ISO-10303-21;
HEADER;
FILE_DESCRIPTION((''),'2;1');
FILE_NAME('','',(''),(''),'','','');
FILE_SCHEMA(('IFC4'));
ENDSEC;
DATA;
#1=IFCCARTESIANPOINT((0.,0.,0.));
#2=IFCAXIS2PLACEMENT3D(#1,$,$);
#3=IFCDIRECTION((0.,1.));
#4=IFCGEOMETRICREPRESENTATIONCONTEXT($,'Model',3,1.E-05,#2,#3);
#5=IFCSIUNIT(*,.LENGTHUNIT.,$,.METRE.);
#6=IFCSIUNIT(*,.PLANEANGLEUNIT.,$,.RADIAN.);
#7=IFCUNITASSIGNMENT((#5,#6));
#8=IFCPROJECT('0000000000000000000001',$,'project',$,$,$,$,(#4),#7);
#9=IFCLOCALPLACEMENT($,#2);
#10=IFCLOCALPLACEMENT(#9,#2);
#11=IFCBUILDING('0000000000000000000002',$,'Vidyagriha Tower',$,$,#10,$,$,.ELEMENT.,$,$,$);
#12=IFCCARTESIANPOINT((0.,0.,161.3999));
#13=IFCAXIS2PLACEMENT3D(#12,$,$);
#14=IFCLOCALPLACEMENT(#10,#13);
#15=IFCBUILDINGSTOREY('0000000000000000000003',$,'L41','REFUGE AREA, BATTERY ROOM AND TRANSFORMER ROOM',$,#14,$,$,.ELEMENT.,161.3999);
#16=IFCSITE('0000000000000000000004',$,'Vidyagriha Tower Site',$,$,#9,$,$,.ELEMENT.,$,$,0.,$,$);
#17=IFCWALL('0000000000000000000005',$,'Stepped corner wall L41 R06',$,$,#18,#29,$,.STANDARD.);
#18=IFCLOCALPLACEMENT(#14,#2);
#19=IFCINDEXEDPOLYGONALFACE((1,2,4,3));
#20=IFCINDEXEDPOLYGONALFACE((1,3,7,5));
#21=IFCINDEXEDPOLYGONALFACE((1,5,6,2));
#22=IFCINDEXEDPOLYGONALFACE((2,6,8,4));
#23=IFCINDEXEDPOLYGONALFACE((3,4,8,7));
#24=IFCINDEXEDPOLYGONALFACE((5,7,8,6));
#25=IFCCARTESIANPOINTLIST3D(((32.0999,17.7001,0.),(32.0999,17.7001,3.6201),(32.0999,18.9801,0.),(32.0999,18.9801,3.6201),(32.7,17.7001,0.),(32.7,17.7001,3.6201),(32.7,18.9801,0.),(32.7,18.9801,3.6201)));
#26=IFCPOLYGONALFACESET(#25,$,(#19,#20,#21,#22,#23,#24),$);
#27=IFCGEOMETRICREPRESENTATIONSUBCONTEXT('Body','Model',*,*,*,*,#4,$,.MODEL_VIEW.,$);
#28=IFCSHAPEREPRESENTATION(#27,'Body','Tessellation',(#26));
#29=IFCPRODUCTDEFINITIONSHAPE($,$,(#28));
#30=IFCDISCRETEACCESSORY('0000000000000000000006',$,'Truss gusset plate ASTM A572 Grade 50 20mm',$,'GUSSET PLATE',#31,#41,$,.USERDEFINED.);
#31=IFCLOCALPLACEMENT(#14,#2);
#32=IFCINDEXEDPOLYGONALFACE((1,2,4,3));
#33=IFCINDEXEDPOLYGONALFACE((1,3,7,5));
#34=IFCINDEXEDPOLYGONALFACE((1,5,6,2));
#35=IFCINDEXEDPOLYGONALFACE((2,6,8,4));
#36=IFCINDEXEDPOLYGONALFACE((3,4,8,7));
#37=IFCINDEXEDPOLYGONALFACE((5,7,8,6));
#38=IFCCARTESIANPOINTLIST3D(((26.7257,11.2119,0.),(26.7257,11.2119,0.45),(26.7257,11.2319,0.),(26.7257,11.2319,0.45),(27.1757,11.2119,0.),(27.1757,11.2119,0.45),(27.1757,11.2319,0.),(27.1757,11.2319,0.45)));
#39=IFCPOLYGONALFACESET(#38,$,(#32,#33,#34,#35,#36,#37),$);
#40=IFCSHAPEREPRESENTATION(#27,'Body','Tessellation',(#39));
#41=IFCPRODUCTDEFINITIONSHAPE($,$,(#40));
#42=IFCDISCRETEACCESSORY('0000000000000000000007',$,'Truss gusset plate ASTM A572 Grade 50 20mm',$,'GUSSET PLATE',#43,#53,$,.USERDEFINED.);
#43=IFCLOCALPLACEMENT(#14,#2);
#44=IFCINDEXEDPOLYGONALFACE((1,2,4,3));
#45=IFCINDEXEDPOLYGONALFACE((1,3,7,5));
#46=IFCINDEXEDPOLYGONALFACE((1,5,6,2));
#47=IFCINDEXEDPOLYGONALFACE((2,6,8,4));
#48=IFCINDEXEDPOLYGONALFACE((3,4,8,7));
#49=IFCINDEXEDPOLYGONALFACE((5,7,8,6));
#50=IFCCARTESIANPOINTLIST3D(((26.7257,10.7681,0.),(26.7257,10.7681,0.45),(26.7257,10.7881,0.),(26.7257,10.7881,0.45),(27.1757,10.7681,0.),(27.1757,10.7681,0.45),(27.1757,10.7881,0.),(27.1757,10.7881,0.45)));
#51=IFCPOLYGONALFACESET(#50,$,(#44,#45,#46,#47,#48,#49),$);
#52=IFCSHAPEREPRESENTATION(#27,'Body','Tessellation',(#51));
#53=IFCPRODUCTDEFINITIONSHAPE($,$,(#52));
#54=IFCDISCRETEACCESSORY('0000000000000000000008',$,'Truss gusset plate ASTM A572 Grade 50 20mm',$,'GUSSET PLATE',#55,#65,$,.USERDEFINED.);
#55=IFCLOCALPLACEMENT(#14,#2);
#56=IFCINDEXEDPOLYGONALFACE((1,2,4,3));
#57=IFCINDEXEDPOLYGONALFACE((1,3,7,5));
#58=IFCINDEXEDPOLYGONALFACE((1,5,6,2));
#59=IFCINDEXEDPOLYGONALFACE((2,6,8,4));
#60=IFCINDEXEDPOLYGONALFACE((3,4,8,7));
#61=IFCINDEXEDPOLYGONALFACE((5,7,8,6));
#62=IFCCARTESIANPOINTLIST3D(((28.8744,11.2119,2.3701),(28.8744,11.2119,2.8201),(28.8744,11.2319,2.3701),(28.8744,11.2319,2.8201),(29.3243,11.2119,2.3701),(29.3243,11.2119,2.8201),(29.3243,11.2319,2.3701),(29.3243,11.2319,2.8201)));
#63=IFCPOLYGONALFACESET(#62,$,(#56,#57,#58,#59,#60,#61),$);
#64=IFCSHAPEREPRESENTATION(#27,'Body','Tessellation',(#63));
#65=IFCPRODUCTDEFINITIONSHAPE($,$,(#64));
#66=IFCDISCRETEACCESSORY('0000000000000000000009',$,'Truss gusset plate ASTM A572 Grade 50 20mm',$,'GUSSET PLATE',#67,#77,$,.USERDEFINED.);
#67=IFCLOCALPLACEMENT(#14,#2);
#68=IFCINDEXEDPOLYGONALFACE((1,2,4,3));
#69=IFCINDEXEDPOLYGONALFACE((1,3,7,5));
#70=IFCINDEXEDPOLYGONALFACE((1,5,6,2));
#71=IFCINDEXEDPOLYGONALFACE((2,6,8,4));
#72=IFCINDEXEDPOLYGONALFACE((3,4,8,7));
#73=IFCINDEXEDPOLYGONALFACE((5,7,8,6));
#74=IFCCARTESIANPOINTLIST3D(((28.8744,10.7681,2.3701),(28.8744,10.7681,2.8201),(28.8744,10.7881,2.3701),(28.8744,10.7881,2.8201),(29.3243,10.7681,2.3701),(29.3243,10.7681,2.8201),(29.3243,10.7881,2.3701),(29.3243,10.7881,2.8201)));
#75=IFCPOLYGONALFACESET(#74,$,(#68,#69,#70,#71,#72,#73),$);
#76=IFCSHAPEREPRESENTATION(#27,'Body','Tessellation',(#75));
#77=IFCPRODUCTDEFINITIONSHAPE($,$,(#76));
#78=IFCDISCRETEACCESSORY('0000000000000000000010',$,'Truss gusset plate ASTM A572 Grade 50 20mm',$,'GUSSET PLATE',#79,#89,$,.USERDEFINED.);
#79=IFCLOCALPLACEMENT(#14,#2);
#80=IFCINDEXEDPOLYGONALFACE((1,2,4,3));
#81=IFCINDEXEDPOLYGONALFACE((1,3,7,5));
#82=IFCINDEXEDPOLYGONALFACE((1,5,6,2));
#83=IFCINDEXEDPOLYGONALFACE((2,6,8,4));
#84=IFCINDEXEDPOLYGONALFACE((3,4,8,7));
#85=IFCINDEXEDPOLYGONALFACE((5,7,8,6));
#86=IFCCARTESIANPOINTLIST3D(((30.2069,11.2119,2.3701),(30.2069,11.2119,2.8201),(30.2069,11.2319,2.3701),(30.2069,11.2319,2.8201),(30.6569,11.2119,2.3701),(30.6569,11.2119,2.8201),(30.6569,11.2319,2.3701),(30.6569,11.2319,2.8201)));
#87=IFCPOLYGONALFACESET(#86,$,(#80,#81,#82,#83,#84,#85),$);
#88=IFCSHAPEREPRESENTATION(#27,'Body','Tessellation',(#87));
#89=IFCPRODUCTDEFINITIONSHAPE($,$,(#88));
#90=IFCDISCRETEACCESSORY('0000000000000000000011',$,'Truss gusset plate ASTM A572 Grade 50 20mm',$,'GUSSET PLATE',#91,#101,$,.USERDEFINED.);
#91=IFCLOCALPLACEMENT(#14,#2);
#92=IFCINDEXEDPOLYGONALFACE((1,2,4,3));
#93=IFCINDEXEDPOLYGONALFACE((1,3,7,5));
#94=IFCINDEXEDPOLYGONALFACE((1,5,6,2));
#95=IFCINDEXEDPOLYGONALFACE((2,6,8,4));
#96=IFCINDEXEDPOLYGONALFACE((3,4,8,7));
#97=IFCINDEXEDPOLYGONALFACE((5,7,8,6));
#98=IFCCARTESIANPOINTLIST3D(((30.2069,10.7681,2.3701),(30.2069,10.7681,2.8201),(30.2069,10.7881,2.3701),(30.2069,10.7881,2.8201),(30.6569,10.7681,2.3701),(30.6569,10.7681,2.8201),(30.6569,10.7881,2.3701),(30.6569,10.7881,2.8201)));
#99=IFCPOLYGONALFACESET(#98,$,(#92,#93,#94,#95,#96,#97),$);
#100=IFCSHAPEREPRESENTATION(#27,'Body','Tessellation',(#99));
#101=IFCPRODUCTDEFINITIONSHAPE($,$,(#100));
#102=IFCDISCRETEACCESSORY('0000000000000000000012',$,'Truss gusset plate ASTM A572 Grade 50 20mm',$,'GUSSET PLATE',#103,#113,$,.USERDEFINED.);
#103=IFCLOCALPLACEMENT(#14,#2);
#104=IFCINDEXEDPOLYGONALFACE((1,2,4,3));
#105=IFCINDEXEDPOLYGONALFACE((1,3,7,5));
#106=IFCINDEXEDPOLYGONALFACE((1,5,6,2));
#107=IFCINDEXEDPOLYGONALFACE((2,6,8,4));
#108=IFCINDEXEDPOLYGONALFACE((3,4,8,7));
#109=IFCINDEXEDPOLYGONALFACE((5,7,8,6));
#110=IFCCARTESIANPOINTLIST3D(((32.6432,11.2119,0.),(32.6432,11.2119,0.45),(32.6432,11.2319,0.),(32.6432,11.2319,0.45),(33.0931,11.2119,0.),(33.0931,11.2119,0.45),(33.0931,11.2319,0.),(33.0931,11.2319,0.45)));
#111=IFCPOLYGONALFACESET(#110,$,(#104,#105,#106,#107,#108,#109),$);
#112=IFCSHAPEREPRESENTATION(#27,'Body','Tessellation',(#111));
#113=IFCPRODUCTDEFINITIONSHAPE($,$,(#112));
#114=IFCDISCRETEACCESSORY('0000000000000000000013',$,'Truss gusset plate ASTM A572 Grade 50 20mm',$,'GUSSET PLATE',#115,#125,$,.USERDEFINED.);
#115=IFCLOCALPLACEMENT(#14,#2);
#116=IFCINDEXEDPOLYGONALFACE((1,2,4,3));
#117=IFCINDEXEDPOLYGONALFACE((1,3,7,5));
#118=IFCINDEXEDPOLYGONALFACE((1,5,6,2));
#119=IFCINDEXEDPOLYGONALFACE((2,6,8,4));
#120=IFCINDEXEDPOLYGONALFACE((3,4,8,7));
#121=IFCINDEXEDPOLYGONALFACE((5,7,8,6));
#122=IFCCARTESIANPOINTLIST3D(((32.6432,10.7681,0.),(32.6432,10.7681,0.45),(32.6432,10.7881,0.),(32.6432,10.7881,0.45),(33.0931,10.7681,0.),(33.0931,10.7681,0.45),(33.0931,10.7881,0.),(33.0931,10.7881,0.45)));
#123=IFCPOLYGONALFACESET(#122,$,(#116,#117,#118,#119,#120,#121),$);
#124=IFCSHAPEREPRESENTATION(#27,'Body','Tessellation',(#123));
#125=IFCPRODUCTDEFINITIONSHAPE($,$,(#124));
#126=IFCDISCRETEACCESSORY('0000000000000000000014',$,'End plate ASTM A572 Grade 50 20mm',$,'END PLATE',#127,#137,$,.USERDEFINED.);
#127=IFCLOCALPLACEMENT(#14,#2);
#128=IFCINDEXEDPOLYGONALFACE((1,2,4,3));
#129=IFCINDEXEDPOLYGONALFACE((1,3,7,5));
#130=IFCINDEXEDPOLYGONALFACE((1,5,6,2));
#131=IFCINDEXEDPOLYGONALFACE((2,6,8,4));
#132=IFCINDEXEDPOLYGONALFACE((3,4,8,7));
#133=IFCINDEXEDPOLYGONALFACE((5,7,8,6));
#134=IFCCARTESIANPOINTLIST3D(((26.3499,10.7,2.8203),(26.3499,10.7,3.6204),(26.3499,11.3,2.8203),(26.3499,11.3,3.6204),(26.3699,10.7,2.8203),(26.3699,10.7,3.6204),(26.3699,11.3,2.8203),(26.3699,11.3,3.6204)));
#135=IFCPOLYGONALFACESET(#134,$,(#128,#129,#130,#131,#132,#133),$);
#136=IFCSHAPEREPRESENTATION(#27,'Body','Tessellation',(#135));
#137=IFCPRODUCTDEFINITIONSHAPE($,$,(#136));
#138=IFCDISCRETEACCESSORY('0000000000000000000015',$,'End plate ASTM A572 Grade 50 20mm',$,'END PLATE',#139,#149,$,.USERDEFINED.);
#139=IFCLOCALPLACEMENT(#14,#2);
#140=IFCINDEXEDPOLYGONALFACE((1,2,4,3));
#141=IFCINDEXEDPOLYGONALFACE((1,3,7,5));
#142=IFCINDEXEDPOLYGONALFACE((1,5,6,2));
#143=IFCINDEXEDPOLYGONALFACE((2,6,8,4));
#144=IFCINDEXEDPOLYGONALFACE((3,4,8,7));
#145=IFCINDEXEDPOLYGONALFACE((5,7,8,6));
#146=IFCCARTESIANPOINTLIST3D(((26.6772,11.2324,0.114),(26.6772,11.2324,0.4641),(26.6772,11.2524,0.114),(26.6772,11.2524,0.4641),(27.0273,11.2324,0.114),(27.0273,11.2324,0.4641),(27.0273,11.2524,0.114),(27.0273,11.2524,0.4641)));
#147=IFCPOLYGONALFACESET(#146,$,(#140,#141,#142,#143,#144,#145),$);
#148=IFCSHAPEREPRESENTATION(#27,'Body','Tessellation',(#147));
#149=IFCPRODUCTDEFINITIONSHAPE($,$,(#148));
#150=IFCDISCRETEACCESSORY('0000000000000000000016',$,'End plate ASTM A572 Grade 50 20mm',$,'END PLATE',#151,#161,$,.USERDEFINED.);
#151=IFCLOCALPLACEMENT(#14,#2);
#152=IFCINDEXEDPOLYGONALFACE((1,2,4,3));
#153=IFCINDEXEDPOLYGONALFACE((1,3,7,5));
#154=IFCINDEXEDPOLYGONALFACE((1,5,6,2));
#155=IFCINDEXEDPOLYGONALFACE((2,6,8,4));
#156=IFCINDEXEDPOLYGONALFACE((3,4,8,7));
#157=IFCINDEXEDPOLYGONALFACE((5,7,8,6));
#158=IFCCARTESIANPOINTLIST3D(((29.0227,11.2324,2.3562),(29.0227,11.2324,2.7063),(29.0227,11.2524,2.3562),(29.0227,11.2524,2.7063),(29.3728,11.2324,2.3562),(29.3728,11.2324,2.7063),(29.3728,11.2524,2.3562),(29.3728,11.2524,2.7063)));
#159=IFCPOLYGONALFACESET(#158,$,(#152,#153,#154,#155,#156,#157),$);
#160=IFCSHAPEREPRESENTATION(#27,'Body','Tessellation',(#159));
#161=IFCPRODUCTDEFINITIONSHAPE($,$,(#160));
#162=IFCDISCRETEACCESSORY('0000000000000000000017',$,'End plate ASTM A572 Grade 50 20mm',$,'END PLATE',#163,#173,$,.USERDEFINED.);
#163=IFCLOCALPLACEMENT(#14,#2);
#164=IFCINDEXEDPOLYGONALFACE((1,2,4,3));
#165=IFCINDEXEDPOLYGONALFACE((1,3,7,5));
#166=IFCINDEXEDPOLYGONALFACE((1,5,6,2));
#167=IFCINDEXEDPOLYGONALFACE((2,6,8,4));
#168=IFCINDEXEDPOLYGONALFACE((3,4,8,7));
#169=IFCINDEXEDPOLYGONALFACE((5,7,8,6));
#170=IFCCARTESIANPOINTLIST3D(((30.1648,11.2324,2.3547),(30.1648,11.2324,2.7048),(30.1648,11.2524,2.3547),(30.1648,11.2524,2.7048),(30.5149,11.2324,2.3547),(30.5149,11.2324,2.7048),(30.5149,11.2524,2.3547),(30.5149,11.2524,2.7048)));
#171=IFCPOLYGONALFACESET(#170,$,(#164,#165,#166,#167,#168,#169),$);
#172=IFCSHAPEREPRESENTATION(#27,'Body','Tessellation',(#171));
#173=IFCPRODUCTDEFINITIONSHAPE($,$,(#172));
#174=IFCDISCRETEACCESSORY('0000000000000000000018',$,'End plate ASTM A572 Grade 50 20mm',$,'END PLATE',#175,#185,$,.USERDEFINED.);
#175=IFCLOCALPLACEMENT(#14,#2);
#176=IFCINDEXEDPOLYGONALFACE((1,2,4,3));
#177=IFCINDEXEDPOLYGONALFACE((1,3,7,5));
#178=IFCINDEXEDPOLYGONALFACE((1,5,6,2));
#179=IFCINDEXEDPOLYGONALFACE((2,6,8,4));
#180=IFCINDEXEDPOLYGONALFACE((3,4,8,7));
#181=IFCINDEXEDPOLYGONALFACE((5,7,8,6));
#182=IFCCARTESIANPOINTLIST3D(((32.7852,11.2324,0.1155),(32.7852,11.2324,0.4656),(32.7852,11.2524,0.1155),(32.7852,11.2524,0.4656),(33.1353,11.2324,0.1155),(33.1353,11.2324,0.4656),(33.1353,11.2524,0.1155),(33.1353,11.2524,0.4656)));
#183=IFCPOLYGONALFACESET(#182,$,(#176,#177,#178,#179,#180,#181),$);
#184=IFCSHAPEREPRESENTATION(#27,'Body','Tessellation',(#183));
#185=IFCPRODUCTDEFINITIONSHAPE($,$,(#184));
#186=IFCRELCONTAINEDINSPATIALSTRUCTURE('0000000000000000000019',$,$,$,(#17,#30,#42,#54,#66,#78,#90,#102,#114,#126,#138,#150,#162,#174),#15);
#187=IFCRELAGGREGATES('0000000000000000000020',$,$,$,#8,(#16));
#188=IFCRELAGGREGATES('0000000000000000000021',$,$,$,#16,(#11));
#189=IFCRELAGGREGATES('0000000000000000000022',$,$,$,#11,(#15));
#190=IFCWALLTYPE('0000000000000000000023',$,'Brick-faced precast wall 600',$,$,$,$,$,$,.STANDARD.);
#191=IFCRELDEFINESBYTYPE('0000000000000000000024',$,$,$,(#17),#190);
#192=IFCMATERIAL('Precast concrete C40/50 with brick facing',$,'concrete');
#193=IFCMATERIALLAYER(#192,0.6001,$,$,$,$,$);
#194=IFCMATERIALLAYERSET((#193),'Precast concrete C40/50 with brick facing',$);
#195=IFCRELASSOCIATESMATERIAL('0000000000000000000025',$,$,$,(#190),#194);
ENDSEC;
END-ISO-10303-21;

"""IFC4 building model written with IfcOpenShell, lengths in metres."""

from ifc_helpers import new_model, si_unit, direction, frame, frame_2d, origin, origin_2d, place, context, subcontext, project, spatial, rectangle, extrude, material, layer, layer_set, type_object, element, save


model = new_model("IFC4")

# Units and contexts
model_context = context("Model", 3, precision=1e-05, world=origin(), true_north=direction((0.0, 1.0)))
body_context = subcontext(model_context, "Body", "Model", "MODEL_VIEW")
ifc_project = project(units=[si_unit("LENGTHUNIT", "METRE"), si_unit("PLANEANGLEUNIT", "RADIAN")], contexts=[model_context])

# Site, building, storey
site_placement = place(None, origin())
site = spatial("IfcSite", under=ifc_project, at=site_placement, Name="Vidyagriha Tower Site", CompositionType="ELEMENT", RefElevation=0.0)
building_placement = place(site_placement, origin())
building = spatial("IfcBuilding", under=site, at=building_placement, Name="Vidyagriha Tower", CompositionType="ELEMENT")
storey_placement = place(building_placement, frame((0.0, 0.0, 161.3999)))
storey = spatial("IfcBuildingStorey", under=building, at=storey_placement, Name="L41", Description="REFUGE AREA, BATTERY ROOM AND TRANSFORMER ROOM", CompositionType="ELEMENT", Elevation=161.3999)

# Wall
ifc_material_1 = material(Name="Precast concrete C40/50 with brick facing", Category="concrete")
ifc_layer_1 = layer(ifc_material_1, 0.6001)
ifc_layer_set_1 = layer_set([ifc_layer_1], Name="Precast concrete C40/50 with brick facing")
wall_type = type_object("IfcWallType", Name="Brick-faced precast wall 600", PredefinedType="STANDARD", material=ifc_layer_set_1)
wall_placement = place(storey_placement, frame((32.3999, 17.7, 0.0), z_axis=(0.0, 0.0, 1.0), x_axis=(0.0, 1.0, 0.0)))
element("IfcWall", 1, at=wall_placement, inside=storey, type_object=wall_type, Name="Stepped corner wall L41 R06", PredefinedType="STANDARD", context=body_context, shape_type="SweptSolid", body=[
    extrude(rectangle(XDim=1.28, YDim=0.6001, at=frame_2d((0.6401, 0.0))), origin(), (0.0, 0.0, 1.0), 3.6201),
])

# Discrete accessories
for number, where, name in (
    (2, (26.9507, 11.2219, 0.0), "Truss gusset plate ASTM A572 Grade 50 20mm"),
    (3, (26.9507, 10.7781, 0.0), "Truss gusset plate ASTM A572 Grade 50 20mm"),
    (4, (29.0994, 11.2219, 2.3701), "Truss gusset plate ASTM A572 Grade 50 20mm"),
    (5, (29.0994, 10.7781, 2.3701), "Truss gusset plate ASTM A572 Grade 50 20mm"),
    (6, (30.4319, 11.2219, 2.3701), "Truss gusset plate ASTM A572 Grade 50 20mm"),
    (7, (30.4319, 10.7781, 2.3701), "Truss gusset plate ASTM A572 Grade 50 20mm"),
    (8, (32.8682, 11.2219, 0.0), "Truss gusset plate ASTM A572 Grade 50 20mm"),
    (9, (32.8682, 10.7781, 0.0), "Truss gusset plate ASTM A572 Grade 50 20mm"),
):
    element("IfcDiscreteAccessory", number, at=place(storey_placement, frame(where)), inside=storey, Name=name, ObjectType="GUSSET PLATE", PredefinedType="USERDEFINED", context=body_context, shape_type="SweptSolid", body=[
        extrude(rectangle(XDim=0.45, YDim=0.02, at=origin_2d()), origin(), (0.0, 0.0, 1.0), 0.45),
    ])
discrete_accessory_1_placement = place(storey_placement, frame((26.3599, 11.0, 2.8203), z_axis=(0.0, 0.0, 1.0), x_axis=(-1.0, 0.0, 0.0)))
element("IfcDiscreteAccessory", 10, at=discrete_accessory_1_placement, inside=storey, Name="End plate ASTM A572 Grade 50 20mm", ObjectType="END PLATE", PredefinedType="USERDEFINED", context=body_context, shape_type="SweptSolid", body=[
    extrude(rectangle(XDim=0.02, YDim=0.6001, at=origin_2d()), origin(), (0.0, 0.0, 1.0), 0.8),
])
discrete_accessory_2_placement = place(storey_placement, frame((26.8523, 11.2424, 0.114), z_axis=(0.0, 0.0, 1.0), x_axis=(-1.0, 0.0, 0.0)))
element("IfcDiscreteAccessory", 11, at=discrete_accessory_2_placement, inside=storey, Name="End plate ASTM A572 Grade 50 20mm", ObjectType="END PLATE", PredefinedType="USERDEFINED", context=body_context, shape_type="SweptSolid", body=[
    extrude(rectangle(XDim=0.3501, YDim=0.02, at=origin_2d()), origin(), (0.0, 0.0, 1.0), 0.3501),
])
discrete_accessory_3_placement = place(storey_placement, frame((29.1978, 11.2424, 2.3562)))
element("IfcDiscreteAccessory", 12, at=discrete_accessory_3_placement, inside=storey, Name="End plate ASTM A572 Grade 50 20mm", ObjectType="END PLATE", PredefinedType="USERDEFINED", context=body_context, shape_type="SweptSolid", body=[
    extrude(rectangle(XDim=0.3501, YDim=0.02, at=origin_2d()), origin(), (0.0, 0.0, 1.0), 0.3501),
])
discrete_accessory_4_placement = place(storey_placement, frame((30.3398, 11.2424, 2.3547), z_axis=(0.0, 0.0, 1.0), x_axis=(-1.0, 0.0, 0.0)))
element("IfcDiscreteAccessory", 13, at=discrete_accessory_4_placement, inside=storey, Name="End plate ASTM A572 Grade 50 20mm", ObjectType="END PLATE", PredefinedType="USERDEFINED", context=body_context, shape_type="SweptSolid", body=[
    extrude(rectangle(XDim=0.3501, YDim=0.02, at=origin_2d()), origin(), (0.0, 0.0, 1.0), 0.3501),
])
discrete_accessory_5_placement = place(storey_placement, frame((32.9602, 11.2424, 0.1155)))
element("IfcDiscreteAccessory", 14, at=discrete_accessory_5_placement, inside=storey, Name="End plate ASTM A572 Grade 50 20mm", ObjectType="END PLATE", PredefinedType="USERDEFINED", context=body_context, shape_type="SweptSolid", body=[
    extrude(rectangle(XDim=0.3501, YDim=0.02, at=origin_2d()), origin(), (0.0, 0.0, 1.0), 0.3501),
])

save(model, "model.ifc")
